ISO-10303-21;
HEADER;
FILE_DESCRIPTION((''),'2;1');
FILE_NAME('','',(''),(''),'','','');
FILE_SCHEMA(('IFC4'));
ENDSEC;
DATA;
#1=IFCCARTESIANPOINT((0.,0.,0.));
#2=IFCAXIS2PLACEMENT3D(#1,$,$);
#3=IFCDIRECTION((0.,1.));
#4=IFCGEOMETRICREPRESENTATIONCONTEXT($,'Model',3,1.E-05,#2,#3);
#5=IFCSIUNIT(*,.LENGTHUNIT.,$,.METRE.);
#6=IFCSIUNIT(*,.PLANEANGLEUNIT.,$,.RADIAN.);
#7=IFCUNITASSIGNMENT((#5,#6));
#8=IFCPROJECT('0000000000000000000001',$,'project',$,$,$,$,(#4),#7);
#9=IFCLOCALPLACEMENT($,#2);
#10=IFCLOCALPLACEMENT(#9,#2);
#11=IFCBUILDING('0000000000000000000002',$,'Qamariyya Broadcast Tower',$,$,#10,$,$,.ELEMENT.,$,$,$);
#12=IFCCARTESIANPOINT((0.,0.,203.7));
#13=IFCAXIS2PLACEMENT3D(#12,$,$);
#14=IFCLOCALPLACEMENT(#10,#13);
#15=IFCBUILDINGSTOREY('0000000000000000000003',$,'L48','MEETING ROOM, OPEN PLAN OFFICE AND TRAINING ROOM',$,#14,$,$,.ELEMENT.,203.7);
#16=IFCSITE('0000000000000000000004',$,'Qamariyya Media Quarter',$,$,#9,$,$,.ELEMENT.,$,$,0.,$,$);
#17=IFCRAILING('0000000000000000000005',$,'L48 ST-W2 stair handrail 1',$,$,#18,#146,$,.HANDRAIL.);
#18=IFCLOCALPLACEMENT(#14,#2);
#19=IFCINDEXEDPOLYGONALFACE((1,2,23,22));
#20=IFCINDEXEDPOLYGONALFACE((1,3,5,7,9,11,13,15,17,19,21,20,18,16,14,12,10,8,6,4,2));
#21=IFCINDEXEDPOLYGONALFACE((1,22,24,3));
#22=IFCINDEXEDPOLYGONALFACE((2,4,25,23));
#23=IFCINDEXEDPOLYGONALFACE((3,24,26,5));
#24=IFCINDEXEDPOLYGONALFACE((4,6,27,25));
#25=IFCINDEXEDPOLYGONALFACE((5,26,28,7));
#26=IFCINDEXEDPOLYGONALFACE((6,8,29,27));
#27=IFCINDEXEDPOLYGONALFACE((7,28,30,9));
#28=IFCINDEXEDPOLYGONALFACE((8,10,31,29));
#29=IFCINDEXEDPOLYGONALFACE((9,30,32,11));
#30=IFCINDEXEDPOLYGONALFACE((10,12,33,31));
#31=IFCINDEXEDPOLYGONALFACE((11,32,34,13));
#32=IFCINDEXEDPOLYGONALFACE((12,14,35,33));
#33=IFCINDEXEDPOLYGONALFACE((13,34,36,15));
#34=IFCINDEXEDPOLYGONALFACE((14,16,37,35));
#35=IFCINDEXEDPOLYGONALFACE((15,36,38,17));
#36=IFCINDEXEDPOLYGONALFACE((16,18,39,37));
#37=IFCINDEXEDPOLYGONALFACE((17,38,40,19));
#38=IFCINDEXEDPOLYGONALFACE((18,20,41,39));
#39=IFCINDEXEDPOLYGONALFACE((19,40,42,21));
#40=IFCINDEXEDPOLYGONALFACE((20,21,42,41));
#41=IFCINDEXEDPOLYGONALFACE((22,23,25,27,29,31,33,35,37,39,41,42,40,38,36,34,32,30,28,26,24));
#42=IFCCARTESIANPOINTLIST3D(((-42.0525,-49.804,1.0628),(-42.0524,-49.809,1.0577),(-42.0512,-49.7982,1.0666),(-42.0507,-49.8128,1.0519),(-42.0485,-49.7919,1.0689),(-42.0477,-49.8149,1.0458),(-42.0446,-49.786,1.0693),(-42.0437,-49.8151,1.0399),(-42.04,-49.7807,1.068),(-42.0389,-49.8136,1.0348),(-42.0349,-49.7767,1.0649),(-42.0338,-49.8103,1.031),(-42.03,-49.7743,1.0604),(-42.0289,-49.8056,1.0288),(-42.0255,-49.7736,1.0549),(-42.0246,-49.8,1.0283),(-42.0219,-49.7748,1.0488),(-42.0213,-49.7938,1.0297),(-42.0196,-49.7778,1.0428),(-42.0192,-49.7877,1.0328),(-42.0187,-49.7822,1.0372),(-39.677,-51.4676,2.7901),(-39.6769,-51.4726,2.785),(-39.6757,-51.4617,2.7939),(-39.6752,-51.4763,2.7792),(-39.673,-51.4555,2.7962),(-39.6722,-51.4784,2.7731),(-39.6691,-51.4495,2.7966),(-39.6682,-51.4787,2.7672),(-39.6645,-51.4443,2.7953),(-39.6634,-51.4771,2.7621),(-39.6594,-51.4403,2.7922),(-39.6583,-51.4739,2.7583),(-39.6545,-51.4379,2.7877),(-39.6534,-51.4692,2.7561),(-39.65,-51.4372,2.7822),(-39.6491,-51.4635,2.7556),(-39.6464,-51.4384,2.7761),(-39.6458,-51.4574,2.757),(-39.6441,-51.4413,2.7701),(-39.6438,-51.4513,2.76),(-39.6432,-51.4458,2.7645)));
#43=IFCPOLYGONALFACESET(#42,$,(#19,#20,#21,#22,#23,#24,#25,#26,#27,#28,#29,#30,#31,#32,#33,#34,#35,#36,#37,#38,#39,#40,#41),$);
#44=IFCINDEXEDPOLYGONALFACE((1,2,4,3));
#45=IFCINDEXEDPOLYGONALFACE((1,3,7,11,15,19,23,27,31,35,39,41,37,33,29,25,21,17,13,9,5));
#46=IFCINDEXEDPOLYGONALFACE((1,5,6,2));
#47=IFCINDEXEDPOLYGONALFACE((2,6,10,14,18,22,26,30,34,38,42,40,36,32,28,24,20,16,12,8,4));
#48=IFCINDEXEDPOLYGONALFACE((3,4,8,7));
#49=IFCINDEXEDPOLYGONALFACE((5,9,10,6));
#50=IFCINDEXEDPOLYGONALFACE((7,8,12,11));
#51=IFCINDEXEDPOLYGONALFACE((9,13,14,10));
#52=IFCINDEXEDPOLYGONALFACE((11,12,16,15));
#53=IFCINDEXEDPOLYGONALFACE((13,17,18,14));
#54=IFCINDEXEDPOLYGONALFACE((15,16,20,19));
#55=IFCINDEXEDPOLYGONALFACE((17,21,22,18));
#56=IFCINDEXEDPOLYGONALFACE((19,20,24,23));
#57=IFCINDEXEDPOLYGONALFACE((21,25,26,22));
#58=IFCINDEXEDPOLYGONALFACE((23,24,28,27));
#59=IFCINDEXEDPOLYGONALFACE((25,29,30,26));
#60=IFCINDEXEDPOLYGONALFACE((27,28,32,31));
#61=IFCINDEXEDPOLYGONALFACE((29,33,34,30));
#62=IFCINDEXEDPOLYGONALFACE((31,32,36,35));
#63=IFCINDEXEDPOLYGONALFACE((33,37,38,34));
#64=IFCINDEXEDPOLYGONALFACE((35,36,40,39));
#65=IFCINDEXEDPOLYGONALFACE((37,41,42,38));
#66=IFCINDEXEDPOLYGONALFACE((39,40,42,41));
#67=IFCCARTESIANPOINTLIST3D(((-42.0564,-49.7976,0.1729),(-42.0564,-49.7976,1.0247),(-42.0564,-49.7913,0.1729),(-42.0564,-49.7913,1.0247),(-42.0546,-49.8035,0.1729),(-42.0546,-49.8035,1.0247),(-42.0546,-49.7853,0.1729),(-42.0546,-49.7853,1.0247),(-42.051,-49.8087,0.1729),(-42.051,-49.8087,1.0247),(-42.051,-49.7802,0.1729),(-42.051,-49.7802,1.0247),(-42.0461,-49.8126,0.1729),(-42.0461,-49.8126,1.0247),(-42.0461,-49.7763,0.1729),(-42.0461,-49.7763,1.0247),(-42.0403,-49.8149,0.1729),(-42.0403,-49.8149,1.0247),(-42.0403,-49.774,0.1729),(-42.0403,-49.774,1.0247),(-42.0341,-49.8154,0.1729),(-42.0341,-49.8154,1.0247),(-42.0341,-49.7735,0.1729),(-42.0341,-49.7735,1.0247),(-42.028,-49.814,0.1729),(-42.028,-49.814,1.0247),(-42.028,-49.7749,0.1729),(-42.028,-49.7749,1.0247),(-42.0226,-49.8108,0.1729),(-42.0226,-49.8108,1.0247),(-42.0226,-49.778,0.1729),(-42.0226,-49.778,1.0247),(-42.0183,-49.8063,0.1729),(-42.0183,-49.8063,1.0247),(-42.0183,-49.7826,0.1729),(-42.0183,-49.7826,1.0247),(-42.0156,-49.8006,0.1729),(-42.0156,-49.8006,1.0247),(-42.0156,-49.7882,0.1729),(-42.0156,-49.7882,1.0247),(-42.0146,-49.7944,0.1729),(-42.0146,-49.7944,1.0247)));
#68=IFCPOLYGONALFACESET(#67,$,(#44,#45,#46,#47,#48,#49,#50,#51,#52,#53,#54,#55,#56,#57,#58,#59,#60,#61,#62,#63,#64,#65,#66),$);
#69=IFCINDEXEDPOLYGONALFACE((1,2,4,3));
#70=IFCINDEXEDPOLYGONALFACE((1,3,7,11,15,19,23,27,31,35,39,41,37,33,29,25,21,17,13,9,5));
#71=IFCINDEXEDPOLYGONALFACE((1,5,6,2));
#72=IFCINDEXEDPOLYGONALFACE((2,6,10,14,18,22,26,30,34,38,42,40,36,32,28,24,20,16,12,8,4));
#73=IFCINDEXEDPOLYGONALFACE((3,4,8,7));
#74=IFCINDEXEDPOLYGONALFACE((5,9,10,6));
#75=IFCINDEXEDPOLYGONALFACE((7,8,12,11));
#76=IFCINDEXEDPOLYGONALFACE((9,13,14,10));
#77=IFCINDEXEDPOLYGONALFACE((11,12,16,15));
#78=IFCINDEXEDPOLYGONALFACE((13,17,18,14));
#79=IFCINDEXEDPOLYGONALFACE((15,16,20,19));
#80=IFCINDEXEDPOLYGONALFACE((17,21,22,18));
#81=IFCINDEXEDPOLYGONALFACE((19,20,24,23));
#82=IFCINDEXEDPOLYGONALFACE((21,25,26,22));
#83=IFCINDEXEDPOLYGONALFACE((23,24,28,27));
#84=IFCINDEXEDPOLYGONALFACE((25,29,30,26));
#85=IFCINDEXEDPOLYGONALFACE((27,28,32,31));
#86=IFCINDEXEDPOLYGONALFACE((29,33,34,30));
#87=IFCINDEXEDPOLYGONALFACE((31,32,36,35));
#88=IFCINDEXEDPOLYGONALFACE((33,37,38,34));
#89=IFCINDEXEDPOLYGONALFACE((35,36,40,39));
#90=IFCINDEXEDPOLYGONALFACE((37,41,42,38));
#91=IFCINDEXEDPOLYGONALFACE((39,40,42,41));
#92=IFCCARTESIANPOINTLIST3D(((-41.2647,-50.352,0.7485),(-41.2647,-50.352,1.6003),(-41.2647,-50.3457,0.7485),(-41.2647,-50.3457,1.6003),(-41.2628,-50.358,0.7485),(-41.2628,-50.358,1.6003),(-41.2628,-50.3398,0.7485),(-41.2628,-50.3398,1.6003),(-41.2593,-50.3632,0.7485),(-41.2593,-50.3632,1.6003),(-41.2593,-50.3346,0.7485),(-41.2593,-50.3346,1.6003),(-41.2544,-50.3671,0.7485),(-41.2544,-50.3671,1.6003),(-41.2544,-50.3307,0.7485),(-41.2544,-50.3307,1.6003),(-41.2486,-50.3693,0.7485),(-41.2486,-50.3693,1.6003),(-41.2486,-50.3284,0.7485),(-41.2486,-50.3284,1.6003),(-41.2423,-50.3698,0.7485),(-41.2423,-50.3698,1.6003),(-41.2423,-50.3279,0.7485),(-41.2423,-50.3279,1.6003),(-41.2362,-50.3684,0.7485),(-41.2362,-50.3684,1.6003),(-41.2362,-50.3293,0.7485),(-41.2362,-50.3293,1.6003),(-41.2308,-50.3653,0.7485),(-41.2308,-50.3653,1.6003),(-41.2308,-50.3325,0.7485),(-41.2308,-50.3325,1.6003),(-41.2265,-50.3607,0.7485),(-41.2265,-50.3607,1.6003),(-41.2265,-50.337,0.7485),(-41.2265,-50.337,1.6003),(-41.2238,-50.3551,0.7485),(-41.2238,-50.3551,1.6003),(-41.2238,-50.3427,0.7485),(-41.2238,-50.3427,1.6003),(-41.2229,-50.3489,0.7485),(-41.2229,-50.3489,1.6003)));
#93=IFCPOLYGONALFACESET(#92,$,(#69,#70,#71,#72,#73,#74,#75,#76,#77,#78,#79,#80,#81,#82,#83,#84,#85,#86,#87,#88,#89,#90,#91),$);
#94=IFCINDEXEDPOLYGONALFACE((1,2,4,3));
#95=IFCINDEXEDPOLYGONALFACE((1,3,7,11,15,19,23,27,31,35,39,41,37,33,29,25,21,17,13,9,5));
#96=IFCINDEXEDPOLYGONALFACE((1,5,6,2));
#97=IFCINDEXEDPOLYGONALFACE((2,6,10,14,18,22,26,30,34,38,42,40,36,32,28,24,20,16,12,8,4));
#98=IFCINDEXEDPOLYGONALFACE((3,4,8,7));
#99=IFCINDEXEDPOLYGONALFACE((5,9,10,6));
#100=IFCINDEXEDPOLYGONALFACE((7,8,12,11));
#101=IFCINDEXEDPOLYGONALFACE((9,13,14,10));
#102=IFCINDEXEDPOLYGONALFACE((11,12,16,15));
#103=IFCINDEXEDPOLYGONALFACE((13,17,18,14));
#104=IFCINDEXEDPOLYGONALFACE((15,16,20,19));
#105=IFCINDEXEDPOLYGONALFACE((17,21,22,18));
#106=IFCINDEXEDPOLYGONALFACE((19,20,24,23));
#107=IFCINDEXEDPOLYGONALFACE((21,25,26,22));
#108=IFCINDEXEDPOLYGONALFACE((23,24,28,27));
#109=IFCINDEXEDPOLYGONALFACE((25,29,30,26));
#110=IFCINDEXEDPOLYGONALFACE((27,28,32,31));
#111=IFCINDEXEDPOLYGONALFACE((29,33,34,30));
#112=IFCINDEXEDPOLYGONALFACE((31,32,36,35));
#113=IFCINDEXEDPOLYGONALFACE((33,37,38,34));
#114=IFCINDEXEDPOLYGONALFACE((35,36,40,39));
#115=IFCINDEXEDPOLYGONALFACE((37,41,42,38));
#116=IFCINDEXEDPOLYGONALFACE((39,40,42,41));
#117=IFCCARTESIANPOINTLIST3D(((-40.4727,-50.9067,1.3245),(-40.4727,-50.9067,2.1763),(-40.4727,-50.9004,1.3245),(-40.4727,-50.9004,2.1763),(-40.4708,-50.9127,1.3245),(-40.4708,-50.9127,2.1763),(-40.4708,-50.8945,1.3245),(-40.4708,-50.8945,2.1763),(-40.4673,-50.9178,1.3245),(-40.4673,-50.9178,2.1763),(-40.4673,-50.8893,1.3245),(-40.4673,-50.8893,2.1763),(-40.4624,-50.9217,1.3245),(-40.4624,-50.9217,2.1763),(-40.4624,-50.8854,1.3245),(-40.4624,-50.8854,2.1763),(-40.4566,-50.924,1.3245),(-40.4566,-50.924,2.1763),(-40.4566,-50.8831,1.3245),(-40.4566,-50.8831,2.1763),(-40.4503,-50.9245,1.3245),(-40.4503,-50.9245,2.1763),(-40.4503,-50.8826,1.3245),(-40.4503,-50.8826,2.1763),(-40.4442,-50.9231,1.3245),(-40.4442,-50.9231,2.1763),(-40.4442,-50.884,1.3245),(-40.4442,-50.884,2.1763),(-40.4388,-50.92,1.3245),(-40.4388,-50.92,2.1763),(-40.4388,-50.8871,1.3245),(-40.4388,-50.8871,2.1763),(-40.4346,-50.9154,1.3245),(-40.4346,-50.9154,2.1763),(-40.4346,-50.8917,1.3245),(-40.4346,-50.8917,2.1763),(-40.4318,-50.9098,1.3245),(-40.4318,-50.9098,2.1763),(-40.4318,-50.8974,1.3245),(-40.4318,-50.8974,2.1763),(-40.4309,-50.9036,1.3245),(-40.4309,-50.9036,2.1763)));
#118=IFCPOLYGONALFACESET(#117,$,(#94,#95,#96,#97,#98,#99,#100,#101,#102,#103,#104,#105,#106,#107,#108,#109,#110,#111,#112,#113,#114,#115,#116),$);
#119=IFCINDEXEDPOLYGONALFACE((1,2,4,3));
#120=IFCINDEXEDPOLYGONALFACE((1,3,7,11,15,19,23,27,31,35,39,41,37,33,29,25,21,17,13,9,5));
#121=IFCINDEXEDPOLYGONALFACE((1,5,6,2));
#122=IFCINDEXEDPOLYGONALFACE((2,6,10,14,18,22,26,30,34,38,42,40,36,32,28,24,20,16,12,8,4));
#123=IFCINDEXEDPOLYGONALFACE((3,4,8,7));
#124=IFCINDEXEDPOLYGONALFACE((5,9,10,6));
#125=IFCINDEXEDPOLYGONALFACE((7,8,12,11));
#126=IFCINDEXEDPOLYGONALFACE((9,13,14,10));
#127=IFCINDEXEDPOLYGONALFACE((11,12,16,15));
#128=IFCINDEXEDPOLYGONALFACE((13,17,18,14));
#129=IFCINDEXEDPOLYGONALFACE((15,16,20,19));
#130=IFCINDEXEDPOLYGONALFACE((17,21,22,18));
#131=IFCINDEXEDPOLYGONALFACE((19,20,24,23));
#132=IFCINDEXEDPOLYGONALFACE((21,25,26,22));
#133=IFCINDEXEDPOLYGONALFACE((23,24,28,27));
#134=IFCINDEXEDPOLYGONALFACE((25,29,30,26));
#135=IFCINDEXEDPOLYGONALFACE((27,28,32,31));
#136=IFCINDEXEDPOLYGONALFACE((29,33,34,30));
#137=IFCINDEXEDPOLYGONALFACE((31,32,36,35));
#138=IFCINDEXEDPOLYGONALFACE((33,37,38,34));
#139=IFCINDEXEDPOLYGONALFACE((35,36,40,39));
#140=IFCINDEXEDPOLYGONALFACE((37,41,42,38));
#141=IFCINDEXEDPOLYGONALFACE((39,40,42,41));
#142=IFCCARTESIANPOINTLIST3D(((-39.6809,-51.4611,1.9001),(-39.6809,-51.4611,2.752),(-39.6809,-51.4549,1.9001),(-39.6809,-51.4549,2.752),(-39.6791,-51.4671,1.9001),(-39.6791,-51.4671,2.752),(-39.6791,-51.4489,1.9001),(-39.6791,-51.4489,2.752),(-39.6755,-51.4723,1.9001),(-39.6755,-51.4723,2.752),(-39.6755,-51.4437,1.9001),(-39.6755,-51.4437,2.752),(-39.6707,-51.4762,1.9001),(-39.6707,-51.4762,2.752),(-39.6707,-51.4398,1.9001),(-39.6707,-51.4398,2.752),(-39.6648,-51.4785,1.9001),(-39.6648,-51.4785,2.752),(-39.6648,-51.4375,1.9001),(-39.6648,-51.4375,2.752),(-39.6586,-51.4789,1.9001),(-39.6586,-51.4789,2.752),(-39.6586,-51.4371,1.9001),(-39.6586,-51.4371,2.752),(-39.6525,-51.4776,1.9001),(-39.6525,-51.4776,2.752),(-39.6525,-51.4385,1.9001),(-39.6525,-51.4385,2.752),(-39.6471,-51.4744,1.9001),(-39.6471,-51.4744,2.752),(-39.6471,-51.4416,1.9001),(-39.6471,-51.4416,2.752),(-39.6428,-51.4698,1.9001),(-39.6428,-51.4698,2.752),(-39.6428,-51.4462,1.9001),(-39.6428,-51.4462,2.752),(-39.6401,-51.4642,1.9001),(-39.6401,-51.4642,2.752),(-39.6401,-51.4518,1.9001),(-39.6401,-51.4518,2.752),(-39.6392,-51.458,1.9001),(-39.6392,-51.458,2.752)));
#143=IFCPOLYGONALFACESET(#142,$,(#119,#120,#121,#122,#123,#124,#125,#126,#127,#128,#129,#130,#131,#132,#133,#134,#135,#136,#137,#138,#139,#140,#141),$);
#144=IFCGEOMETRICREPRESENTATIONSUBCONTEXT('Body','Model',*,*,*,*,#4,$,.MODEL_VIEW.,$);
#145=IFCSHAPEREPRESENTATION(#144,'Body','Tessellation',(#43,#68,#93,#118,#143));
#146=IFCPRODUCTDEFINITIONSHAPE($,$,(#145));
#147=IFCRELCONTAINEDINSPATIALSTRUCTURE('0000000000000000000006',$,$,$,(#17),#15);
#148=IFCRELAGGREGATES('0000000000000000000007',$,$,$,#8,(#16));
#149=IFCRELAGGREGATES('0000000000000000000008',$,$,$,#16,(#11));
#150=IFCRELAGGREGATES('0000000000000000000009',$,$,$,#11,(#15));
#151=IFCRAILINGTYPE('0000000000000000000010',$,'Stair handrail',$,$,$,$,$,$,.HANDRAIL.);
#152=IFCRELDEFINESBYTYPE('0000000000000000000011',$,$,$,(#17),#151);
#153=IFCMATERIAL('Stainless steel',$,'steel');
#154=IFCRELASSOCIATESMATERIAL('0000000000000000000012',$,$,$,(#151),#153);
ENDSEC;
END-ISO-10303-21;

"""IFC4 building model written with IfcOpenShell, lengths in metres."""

from ifc_helpers import new_model, si_unit, direction, frame, origin, origin_2d, place, context, subcontext, project, spatial, circle, extrude, material, type_object, element, save


model = new_model("IFC4")

# Units and contexts
model_context = context("Model", 3, precision=1e-05, world=origin(), true_north=direction((0.0, 1.0)))
body_context = subcontext(model_context, "Body", "Model", "MODEL_VIEW")
ifc_project = project(units=[si_unit("LENGTHUNIT", "METRE"), si_unit("PLANEANGLEUNIT", "RADIAN")], contexts=[model_context])

# Site, building, storey
site_placement = place(None, origin())
site = spatial("IfcSite", under=ifc_project, at=site_placement, Name="Qamariyya Media Quarter", CompositionType="ELEMENT", RefElevation=0.0)
building_placement = place(site_placement, origin())
building = spatial("IfcBuilding", under=site, at=building_placement, Name="Qamariyya Broadcast Tower", CompositionType="ELEMENT")
storey_placement = place(building_placement, frame((0.0, 0.0, 203.7)))
storey = spatial("IfcBuildingStorey", under=building, at=storey_placement, Name="L48", Description="MEETING ROOM, OPEN PLAN OFFICE AND TRAINING ROOM", CompositionType="ELEMENT", Elevation=203.7)

# Railing
ifc_material_1 = material(Name="Stainless steel", Category="steel")
railing_type_1 = type_object("IfcRailingType", Name="Stair handrail", PredefinedType="HANDRAIL", material=ifc_material_1)
railing_1_placement = place(storey_placement, frame((-42.0356, -49.7944, 0.1729)))
element("IfcRailing", 1, at=railing_1_placement, inside=storey, type_object=railing_type_1, Name="L48 ST-W2 stair handrail 1", PredefinedType="HANDRAIL", context=body_context, shape_type="SweptSolid", body=[
    extrude(circle(Radius=0.0239, at=origin_2d()), frame((0.0, 0.0, 0.876), z_axis=(0.703745, -0.492838, 0.511716), x_axis=(0.573632, 0.819113, 0.0)), (0.0, 0.0, 1.0), 3.3755),
    extrude(circle(Radius=0.021, at=origin_2d()), origin(), (0.0, 0.0, 1.0), 0.8518),
    extrude(circle(Radius=0.021, at=origin_2d()), frame((0.7917, -0.5544, 0.5757)), (0.0, 0.0, 1.0), 0.8518),
    extrude(circle(Radius=0.021, at=origin_2d()), frame((1.5837, -1.1091, 1.1516)), (0.0, 0.0, 1.0), 0.8518),
    extrude(circle(Radius=0.021, at=origin_2d()), frame((2.3755, -1.6636, 1.7273)), (0.0, 0.0, 1.0), 0.8518),
])

save(model, "model.ifc")
